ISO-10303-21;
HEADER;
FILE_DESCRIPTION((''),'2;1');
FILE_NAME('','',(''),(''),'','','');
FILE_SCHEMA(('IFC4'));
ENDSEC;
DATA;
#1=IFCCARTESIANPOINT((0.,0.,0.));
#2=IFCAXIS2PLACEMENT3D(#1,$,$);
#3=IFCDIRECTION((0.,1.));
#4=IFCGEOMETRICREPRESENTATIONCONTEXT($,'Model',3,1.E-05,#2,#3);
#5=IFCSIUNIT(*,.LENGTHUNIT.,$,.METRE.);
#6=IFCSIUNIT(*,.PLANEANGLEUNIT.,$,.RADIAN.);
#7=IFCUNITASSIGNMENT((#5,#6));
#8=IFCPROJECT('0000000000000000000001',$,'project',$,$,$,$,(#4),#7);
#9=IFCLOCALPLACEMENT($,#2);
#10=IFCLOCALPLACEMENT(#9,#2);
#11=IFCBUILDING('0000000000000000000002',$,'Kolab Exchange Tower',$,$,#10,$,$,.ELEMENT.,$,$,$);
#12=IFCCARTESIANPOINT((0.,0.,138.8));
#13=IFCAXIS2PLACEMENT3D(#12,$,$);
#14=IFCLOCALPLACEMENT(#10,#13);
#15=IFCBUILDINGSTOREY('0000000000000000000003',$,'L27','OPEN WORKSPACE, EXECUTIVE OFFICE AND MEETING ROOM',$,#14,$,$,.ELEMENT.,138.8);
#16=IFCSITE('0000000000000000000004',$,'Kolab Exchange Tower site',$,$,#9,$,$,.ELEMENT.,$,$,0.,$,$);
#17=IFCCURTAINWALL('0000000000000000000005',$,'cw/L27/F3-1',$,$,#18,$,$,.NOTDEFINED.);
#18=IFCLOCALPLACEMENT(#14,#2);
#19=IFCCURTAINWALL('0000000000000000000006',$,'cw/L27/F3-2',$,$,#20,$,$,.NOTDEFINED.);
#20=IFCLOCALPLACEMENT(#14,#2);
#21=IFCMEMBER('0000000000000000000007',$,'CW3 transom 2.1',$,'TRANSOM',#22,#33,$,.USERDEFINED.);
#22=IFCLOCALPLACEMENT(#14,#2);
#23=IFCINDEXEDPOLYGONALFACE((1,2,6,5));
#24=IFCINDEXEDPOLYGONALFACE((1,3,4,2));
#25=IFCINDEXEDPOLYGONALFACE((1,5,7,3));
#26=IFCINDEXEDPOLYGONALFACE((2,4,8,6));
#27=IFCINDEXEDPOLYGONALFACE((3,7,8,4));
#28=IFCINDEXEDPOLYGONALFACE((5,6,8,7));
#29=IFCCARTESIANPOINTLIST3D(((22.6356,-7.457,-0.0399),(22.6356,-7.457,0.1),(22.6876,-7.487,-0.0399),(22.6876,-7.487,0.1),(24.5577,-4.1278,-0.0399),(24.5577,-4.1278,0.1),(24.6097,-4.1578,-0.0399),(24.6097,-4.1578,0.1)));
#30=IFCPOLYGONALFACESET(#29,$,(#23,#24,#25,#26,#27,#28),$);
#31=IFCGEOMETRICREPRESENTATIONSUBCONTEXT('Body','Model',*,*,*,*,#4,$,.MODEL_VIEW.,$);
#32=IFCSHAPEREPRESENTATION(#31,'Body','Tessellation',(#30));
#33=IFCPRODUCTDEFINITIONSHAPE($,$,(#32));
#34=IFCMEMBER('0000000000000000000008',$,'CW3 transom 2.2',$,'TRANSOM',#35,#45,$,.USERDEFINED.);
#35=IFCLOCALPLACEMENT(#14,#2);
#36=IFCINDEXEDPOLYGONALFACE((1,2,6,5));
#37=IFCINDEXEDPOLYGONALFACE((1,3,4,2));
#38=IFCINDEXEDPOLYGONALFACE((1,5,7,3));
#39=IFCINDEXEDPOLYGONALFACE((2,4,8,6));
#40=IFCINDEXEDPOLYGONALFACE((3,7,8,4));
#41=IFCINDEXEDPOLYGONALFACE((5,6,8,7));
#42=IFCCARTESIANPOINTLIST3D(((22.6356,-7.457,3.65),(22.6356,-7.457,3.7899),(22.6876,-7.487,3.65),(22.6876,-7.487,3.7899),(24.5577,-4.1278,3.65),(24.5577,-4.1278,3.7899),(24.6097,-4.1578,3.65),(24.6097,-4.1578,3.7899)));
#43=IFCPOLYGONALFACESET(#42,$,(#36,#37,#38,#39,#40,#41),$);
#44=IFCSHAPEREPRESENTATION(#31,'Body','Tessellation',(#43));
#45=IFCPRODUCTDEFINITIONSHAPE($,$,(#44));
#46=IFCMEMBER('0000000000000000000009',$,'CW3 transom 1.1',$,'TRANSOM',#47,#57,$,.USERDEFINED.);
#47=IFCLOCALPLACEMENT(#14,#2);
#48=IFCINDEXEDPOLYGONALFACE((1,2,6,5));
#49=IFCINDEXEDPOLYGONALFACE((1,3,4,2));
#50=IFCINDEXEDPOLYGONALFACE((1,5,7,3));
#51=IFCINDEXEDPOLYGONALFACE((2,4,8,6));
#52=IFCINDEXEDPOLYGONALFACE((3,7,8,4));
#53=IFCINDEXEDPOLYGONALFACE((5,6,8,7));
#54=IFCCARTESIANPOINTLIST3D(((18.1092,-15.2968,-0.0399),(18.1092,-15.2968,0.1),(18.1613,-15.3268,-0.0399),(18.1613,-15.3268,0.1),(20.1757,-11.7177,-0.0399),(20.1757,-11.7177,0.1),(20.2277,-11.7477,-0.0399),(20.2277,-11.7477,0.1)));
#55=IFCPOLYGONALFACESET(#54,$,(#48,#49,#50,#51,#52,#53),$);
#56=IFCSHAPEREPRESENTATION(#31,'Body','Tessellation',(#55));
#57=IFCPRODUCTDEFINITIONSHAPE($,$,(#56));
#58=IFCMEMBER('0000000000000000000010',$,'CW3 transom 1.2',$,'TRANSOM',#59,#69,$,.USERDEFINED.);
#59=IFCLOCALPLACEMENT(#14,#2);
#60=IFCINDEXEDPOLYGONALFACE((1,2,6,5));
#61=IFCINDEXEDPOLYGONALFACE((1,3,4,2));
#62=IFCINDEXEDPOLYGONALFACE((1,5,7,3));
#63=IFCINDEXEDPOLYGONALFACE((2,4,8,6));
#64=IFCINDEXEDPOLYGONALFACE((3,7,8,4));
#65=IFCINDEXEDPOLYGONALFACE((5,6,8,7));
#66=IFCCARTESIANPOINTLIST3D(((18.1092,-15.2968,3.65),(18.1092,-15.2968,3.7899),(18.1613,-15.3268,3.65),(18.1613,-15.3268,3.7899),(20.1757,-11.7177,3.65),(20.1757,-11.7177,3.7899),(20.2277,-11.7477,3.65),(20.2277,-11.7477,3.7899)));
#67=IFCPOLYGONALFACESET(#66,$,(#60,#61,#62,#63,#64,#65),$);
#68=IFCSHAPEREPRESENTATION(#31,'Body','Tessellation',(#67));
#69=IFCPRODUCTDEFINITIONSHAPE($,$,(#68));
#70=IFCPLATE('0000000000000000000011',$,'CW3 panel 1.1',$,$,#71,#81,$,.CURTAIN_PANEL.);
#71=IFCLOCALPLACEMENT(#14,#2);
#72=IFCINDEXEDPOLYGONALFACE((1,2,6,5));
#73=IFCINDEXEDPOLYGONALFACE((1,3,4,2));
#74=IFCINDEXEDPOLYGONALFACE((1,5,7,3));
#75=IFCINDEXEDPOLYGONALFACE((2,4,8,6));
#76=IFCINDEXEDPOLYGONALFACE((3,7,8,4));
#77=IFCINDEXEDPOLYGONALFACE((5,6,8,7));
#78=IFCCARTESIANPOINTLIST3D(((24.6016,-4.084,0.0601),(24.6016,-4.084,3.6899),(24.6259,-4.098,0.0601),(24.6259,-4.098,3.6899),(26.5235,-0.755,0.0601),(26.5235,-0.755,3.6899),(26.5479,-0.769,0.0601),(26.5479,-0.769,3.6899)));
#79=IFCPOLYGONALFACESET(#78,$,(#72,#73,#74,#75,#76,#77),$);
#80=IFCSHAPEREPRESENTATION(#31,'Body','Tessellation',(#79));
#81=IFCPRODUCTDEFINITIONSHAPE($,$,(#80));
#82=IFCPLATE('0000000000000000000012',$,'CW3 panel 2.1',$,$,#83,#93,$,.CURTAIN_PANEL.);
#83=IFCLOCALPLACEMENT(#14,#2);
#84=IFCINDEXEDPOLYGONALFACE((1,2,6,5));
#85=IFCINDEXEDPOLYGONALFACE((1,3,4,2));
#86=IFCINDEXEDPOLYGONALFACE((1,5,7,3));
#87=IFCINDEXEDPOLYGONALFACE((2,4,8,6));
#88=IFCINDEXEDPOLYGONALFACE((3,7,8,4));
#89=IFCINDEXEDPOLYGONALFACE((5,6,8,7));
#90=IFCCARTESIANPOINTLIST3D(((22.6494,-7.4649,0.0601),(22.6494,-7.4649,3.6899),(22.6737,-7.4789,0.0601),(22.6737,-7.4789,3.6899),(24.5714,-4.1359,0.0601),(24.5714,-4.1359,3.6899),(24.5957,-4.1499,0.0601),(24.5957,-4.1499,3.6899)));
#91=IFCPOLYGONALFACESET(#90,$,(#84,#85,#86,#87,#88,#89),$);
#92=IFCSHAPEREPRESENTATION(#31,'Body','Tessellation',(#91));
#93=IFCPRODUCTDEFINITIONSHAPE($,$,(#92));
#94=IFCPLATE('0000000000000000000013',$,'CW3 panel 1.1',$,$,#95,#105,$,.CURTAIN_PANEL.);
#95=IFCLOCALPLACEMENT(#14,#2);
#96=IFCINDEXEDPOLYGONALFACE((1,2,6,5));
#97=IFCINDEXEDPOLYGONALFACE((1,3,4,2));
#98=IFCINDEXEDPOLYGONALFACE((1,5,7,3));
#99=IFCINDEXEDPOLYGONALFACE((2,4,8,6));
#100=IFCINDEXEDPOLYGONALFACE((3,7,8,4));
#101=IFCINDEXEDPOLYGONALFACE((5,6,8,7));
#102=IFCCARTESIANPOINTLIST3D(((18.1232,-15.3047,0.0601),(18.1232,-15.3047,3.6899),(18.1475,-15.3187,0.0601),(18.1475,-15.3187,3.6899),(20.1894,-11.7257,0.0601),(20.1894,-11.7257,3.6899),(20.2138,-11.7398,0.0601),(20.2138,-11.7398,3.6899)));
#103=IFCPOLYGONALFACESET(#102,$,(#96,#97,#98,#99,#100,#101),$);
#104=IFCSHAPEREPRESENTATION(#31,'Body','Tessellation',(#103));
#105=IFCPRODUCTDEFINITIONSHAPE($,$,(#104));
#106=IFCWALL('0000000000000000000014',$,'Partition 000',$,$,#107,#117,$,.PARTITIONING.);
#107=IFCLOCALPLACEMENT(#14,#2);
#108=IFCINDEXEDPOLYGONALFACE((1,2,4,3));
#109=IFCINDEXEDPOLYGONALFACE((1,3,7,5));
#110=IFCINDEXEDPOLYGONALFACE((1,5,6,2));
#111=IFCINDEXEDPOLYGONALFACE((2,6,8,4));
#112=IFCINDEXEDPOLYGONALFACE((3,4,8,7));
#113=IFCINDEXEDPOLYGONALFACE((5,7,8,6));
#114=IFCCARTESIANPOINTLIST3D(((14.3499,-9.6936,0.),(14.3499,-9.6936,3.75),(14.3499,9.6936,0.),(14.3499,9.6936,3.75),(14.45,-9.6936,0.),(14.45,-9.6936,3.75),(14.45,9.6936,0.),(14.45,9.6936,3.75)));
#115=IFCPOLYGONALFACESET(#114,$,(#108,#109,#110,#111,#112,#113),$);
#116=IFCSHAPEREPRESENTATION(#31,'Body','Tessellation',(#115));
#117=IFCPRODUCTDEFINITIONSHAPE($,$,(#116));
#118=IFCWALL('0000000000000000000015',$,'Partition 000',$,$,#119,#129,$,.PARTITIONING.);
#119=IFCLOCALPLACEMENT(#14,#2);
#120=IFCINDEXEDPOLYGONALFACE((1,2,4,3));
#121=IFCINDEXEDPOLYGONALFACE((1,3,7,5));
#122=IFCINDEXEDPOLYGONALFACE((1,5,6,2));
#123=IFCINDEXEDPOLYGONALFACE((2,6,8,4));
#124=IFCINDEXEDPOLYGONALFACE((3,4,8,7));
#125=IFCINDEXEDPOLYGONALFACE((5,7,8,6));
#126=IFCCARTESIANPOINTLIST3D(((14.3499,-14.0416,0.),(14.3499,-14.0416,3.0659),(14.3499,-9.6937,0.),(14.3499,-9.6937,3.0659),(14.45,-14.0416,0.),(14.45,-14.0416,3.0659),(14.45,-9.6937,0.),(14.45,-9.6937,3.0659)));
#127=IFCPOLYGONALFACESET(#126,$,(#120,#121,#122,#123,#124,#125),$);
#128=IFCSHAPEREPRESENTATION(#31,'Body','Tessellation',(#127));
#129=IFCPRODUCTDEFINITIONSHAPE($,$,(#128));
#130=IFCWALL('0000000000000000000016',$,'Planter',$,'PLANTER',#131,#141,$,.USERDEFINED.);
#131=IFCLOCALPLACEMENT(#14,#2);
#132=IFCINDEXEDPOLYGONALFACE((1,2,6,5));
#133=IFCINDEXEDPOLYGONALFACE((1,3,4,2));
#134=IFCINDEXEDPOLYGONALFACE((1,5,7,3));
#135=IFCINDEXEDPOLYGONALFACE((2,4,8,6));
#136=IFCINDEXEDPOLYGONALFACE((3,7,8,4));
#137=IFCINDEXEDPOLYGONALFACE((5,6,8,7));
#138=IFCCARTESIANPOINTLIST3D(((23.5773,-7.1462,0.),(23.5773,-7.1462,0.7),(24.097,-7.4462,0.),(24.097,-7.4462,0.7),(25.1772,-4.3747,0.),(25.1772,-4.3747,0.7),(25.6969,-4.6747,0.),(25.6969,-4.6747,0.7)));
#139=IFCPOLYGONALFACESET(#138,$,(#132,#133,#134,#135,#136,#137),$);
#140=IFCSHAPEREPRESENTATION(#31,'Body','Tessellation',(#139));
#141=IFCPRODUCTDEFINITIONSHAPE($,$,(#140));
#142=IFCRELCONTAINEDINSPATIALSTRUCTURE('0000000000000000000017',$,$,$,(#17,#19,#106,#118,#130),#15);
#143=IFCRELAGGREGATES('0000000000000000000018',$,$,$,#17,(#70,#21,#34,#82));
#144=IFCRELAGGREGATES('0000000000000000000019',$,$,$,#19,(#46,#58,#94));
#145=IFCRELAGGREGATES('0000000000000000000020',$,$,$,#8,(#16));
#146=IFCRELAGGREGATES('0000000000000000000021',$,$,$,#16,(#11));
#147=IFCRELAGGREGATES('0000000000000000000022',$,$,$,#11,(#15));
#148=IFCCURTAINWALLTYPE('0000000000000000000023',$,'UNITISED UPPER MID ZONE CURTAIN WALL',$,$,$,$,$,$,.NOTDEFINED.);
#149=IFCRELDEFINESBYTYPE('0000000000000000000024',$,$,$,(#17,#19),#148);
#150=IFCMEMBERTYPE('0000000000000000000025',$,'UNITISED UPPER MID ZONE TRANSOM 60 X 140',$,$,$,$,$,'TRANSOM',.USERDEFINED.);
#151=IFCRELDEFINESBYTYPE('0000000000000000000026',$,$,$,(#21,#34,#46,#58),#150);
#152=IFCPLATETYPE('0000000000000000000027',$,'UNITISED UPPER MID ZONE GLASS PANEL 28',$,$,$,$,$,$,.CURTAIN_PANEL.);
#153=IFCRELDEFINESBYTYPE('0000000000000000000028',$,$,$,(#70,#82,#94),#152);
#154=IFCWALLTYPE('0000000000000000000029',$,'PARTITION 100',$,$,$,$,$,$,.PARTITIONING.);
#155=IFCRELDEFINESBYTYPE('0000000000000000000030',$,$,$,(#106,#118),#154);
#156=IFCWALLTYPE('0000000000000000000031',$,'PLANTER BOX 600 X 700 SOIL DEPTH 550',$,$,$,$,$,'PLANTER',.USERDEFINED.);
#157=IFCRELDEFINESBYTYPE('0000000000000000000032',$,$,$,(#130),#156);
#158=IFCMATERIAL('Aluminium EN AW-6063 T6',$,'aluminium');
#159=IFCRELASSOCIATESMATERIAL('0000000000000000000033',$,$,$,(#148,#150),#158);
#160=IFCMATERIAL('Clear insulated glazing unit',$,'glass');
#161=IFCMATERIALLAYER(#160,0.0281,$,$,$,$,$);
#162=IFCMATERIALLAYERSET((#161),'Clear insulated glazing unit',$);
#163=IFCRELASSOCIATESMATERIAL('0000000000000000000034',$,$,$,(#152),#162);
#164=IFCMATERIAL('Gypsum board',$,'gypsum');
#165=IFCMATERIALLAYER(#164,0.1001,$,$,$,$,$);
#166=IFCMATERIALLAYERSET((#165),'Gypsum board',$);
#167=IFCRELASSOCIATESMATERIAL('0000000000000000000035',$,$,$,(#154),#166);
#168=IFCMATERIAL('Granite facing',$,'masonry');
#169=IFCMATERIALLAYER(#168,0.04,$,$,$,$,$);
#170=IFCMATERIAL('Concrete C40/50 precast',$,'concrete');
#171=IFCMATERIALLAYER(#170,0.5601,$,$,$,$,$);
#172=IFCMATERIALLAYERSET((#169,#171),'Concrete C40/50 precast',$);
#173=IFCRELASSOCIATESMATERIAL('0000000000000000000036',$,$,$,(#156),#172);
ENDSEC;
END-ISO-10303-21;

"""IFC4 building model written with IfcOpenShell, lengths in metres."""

from ifc_helpers import new_model, si_unit, direction, frame, frame_2d, origin, origin_2d, place, context, subcontext, project, spatial, rectangle, extrude, material, layer, layer_set, material_profile, profile_set, type_object, element, aggregate, save


model = new_model("IFC4")

# Units and contexts
model_context = context("Model", 3, precision=1e-05, world=origin(), true_north=direction((0.0, 1.0)))
body_context = subcontext(model_context, "Body", "Model", "MODEL_VIEW")
ifc_project = project(units=[si_unit("LENGTHUNIT", "METRE"), si_unit("PLANEANGLEUNIT", "RADIAN")], contexts=[model_context])

# Site, building, storey
site_placement = place(None, origin())
site = spatial("IfcSite", under=ifc_project, at=site_placement, Name="Kolab Exchange Tower site", CompositionType="ELEMENT", RefElevation=0.0)
building_placement = place(site_placement, origin())
building = spatial("IfcBuilding", under=site, at=building_placement, Name="Kolab Exchange Tower", CompositionType="ELEMENT")
storey_placement = place(building_placement, frame((0.0, 0.0, 138.8)))
storey = spatial("IfcBuildingStorey", under=building, at=storey_placement, Name="L27", Description="OPEN WORKSPACE, EXECUTIVE OFFICE AND MEETING ROOM", CompositionType="ELEMENT", Elevation=138.8)

# Curtain walls
ifc_material_1 = material(Name="Aluminium EN AW-6063 T6", Category="aluminium")
curtain_wall_type = type_object("IfcCurtainWallType", Name="UNITISED UPPER MID ZONE CURTAIN WALL", PredefinedType="NOTDEFINED", material=ifc_material_1)
curtain_wall_1_placement = place(storey_placement, origin())
curtain_wall_1 = element("IfcCurtainWall", 1, at=curtain_wall_1_placement, inside=storey, type_object=curtain_wall_type, Name="cw/L27/F3-1", PredefinedType="NOTDEFINED")
curtain_wall_2_placement = place(storey_placement, origin())
curtain_wall_2 = element("IfcCurtainWall", 2, at=curtain_wall_2_placement, inside=storey, type_object=curtain_wall_type, Name="cw/L27/F3-2", PredefinedType="NOTDEFINED")

# Members
ifc_material_profile_1 = material_profile(ifc_material_1, rectangle(XDim=0.0601, YDim=0.1399, at=origin_2d()), Name="RECT 60X140")
ifc_profile_set_1 = profile_set([ifc_material_profile_1], Name="Aluminium EN AW-6063 T6")
member_type_1 = type_object("IfcMemberType", Name="UNITISED UPPER MID ZONE TRANSOM 60 X 140", ElementType="TRANSOM", PredefinedType="USERDEFINED", material=ifc_profile_set_1)
member_1_placement = place(storey_placement, frame((24.5837, -4.1428, 0.03), z_axis=(-0.500012, -0.866018, 0.0), x_axis=(0.866018, -0.500012, 0.0)))
member_1 = element("IfcMember", 3, at=member_1_placement, type_object=member_type_1, Name="CW3 transom 2.1", ObjectType="TRANSOM", PredefinedType="USERDEFINED", context=body_context, shape_type="SweptSolid", body=[
    extrude(rectangle(XDim=0.0601, YDim=0.1399, at=origin_2d()), origin(), (0.0, 0.0, 1.0), 3.8442),
])
member_2_placement = place(storey_placement, frame((24.5837, -4.1428, 3.72), z_axis=(-0.500012, -0.866018, 0.0), x_axis=(0.866018, -0.500012, 0.0)))
member_2 = element("IfcMember", 4, at=member_2_placement, type_object=member_type_1, Name="CW3 transom 2.2", ObjectType="TRANSOM", PredefinedType="USERDEFINED", context=body_context, shape_type="SweptSolid", body=[
    extrude(rectangle(XDim=0.0601, YDim=0.1399, at=origin_2d()), origin(), (0.0, 0.0, 1.0), 3.8442),
])
member_3_placement = place(storey_placement, frame((20.2017, -11.7327, 0.03), z_axis=(-0.500002, -0.866024, 0.0), x_axis=(0.866024, -0.500002, 0.0)))
member_3 = element("IfcMember", 5, at=member_3_placement, type_object=member_type_1, Name="CW3 transom 1.1", ObjectType="TRANSOM", PredefinedType="USERDEFINED", context=body_context, shape_type="SweptSolid", body=[
    extrude(rectangle(XDim=0.0601, YDim=0.1399, at=origin_2d()), origin(), (0.0, 0.0, 1.0), 4.1328),
])
member_4_placement = place(storey_placement, frame((20.2017, -11.7327, 3.72), z_axis=(-0.500002, -0.866024, 0.0), x_axis=(0.866024, -0.500002, 0.0)))
member_4 = element("IfcMember", 6, at=member_4_placement, type_object=member_type_1, Name="CW3 transom 1.2", ObjectType="TRANSOM", PredefinedType="USERDEFINED", context=body_context, shape_type="SweptSolid", body=[
    extrude(rectangle(XDim=0.0601, YDim=0.1399, at=origin_2d()), origin(), (0.0, 0.0, 1.0), 4.1328),
])

# Plates
ifc_material_2 = material(Name="Clear insulated glazing unit", Category="glass")
ifc_layer_1 = layer(ifc_material_2, 0.0281)
ifc_layer_set_1 = layer_set([ifc_layer_1], Name="Clear insulated glazing unit")
plate_type = type_object("IfcPlateType", Name="UNITISED UPPER MID ZONE GLASS PANEL 28", PredefinedType="CURTAIN_PANEL", material=ifc_layer_set_1)
plate_1_placement = place(storey_placement, frame((25.5747, -2.4265, 0.0601), z_axis=(0.0, 0.0, 1.0), x_axis=(-0.5, -0.866025, 0.0)))
plate_1 = element("IfcPlate", 7, at=plate_1_placement, type_object=plate_type, Name="CW3 panel 1.1", PredefinedType="CURTAIN_PANEL", context=body_context, shape_type="SweptSolid", body=[
    extrude(rectangle(XDim=3.844, YDim=0.0281, at=origin_2d()), origin(), (0.0, 0.0, 1.0), 3.6299),
])
plate_2_placement = place(storey_placement, frame((23.6226, -5.8074, 0.0601), z_axis=(0.0, 0.0, 1.0), x_axis=(-0.5, -0.866025, 0.0)))
plate_2 = element("IfcPlate", 8, at=plate_2_placement, type_object=plate_type, Name="CW3 panel 2.1", PredefinedType="CURTAIN_PANEL", context=body_context, shape_type="SweptSolid", body=[
    extrude(rectangle(XDim=3.844, YDim=0.0281, at=origin_2d()), origin(), (0.0, 0.0, 1.0), 3.6299),
])
aggregate(curtain_wall_1, [plate_1, member_1, member_2, plate_2])
plate_3_placement = place(storey_placement, frame((19.1685, -13.5222, 0.0601), z_axis=(0.0, 0.0, 1.0), x_axis=(-0.5, -0.866025, 0.0)))
plate_3 = element("IfcPlate", 9, at=plate_3_placement, type_object=plate_type, Name="CW3 panel 1.1", PredefinedType="CURTAIN_PANEL", context=body_context, shape_type="SweptSolid", body=[
    extrude(rectangle(XDim=4.1326, YDim=0.0281, at=origin_2d()), origin(), (0.0, 0.0, 1.0), 3.6299),
])
aggregate(curtain_wall_2, [member_3, member_4, plate_3])

# Walls
ifc_material_3 = material(Name="Gypsum board", Category="gypsum")
ifc_layer_2 = layer(ifc_material_3, 0.1001)
ifc_layer_set_2 = layer_set([ifc_layer_2], Name="Gypsum board")
wall_type_1 = type_object("IfcWallType", Name="PARTITION 100", PredefinedType="PARTITIONING", material=ifc_layer_set_2)
wall_1_placement = place(storey_placement, frame((14.3999, -9.6936, 0.0), z_axis=(0.0, 0.0, 1.0), x_axis=(0.0, 1.0, 0.0)))
element("IfcWall", 10, at=wall_1_placement, inside=storey, type_object=wall_type_1, Name="Partition 000", PredefinedType="PARTITIONING", context=body_context, shape_type="SweptSolid", body=[
    extrude(rectangle(XDim=19.3872, YDim=0.1001, at=frame_2d((9.6936, 0.0))), origin(), (0.0, 0.0, 1.0), 3.75),
])
wall_2_placement = place(storey_placement, frame((14.3999, -14.0415, 0.0), z_axis=(0.0, 0.0, 1.0), x_axis=(0.0, 1.0, 0.0)))
element("IfcWall", 11, at=wall_2_placement, inside=storey, type_object=wall_type_1, Name="Partition 000", PredefinedType="PARTITIONING", context=body_context, shape_type="SweptSolid", body=[
    extrude(rectangle(XDim=4.3479, YDim=0.1001, at=frame_2d((2.1738, 0.0))), origin(), (0.0, 0.0, 1.0), 3.0659),
])
ifc_material_4 = material(Name="Granite facing", Category="masonry")
ifc_layer_3 = layer(ifc_material_4, 0.04)
ifc_material_5 = material(Name="Concrete C40/50 precast", Category="concrete")
ifc_layer_4 = layer(ifc_material_5, 0.5601)
ifc_layer_set_3 = layer_set([ifc_layer_3, ifc_layer_4], Name="Concrete C40/50 precast")
wall_type_2 = type_object("IfcWallType", Name="PLANTER BOX 600 X 700 SOIL DEPTH 550", ElementType="PLANTER", PredefinedType="USERDEFINED", material=ifc_layer_set_3)
wall_3_placement = place(storey_placement, frame((25.437, -4.5247, 0.0), z_axis=(0.0, 0.0, 1.0), x_axis=(-0.499938, -0.866061, 0.0)))
element("IfcWall", 12, at=wall_3_placement, inside=storey, type_object=wall_type_2, Name="Planter", ObjectType="PLANTER", PredefinedType="USERDEFINED", context=body_context, shape_type="SweptSolid", body=[
    extrude(rectangle(XDim=3.2002, YDim=0.6001, at=frame_2d((1.6001, 0.0))), origin(), (0.0, 0.0, 1.0), 0.7),
])

save(model, "model.ifc")
